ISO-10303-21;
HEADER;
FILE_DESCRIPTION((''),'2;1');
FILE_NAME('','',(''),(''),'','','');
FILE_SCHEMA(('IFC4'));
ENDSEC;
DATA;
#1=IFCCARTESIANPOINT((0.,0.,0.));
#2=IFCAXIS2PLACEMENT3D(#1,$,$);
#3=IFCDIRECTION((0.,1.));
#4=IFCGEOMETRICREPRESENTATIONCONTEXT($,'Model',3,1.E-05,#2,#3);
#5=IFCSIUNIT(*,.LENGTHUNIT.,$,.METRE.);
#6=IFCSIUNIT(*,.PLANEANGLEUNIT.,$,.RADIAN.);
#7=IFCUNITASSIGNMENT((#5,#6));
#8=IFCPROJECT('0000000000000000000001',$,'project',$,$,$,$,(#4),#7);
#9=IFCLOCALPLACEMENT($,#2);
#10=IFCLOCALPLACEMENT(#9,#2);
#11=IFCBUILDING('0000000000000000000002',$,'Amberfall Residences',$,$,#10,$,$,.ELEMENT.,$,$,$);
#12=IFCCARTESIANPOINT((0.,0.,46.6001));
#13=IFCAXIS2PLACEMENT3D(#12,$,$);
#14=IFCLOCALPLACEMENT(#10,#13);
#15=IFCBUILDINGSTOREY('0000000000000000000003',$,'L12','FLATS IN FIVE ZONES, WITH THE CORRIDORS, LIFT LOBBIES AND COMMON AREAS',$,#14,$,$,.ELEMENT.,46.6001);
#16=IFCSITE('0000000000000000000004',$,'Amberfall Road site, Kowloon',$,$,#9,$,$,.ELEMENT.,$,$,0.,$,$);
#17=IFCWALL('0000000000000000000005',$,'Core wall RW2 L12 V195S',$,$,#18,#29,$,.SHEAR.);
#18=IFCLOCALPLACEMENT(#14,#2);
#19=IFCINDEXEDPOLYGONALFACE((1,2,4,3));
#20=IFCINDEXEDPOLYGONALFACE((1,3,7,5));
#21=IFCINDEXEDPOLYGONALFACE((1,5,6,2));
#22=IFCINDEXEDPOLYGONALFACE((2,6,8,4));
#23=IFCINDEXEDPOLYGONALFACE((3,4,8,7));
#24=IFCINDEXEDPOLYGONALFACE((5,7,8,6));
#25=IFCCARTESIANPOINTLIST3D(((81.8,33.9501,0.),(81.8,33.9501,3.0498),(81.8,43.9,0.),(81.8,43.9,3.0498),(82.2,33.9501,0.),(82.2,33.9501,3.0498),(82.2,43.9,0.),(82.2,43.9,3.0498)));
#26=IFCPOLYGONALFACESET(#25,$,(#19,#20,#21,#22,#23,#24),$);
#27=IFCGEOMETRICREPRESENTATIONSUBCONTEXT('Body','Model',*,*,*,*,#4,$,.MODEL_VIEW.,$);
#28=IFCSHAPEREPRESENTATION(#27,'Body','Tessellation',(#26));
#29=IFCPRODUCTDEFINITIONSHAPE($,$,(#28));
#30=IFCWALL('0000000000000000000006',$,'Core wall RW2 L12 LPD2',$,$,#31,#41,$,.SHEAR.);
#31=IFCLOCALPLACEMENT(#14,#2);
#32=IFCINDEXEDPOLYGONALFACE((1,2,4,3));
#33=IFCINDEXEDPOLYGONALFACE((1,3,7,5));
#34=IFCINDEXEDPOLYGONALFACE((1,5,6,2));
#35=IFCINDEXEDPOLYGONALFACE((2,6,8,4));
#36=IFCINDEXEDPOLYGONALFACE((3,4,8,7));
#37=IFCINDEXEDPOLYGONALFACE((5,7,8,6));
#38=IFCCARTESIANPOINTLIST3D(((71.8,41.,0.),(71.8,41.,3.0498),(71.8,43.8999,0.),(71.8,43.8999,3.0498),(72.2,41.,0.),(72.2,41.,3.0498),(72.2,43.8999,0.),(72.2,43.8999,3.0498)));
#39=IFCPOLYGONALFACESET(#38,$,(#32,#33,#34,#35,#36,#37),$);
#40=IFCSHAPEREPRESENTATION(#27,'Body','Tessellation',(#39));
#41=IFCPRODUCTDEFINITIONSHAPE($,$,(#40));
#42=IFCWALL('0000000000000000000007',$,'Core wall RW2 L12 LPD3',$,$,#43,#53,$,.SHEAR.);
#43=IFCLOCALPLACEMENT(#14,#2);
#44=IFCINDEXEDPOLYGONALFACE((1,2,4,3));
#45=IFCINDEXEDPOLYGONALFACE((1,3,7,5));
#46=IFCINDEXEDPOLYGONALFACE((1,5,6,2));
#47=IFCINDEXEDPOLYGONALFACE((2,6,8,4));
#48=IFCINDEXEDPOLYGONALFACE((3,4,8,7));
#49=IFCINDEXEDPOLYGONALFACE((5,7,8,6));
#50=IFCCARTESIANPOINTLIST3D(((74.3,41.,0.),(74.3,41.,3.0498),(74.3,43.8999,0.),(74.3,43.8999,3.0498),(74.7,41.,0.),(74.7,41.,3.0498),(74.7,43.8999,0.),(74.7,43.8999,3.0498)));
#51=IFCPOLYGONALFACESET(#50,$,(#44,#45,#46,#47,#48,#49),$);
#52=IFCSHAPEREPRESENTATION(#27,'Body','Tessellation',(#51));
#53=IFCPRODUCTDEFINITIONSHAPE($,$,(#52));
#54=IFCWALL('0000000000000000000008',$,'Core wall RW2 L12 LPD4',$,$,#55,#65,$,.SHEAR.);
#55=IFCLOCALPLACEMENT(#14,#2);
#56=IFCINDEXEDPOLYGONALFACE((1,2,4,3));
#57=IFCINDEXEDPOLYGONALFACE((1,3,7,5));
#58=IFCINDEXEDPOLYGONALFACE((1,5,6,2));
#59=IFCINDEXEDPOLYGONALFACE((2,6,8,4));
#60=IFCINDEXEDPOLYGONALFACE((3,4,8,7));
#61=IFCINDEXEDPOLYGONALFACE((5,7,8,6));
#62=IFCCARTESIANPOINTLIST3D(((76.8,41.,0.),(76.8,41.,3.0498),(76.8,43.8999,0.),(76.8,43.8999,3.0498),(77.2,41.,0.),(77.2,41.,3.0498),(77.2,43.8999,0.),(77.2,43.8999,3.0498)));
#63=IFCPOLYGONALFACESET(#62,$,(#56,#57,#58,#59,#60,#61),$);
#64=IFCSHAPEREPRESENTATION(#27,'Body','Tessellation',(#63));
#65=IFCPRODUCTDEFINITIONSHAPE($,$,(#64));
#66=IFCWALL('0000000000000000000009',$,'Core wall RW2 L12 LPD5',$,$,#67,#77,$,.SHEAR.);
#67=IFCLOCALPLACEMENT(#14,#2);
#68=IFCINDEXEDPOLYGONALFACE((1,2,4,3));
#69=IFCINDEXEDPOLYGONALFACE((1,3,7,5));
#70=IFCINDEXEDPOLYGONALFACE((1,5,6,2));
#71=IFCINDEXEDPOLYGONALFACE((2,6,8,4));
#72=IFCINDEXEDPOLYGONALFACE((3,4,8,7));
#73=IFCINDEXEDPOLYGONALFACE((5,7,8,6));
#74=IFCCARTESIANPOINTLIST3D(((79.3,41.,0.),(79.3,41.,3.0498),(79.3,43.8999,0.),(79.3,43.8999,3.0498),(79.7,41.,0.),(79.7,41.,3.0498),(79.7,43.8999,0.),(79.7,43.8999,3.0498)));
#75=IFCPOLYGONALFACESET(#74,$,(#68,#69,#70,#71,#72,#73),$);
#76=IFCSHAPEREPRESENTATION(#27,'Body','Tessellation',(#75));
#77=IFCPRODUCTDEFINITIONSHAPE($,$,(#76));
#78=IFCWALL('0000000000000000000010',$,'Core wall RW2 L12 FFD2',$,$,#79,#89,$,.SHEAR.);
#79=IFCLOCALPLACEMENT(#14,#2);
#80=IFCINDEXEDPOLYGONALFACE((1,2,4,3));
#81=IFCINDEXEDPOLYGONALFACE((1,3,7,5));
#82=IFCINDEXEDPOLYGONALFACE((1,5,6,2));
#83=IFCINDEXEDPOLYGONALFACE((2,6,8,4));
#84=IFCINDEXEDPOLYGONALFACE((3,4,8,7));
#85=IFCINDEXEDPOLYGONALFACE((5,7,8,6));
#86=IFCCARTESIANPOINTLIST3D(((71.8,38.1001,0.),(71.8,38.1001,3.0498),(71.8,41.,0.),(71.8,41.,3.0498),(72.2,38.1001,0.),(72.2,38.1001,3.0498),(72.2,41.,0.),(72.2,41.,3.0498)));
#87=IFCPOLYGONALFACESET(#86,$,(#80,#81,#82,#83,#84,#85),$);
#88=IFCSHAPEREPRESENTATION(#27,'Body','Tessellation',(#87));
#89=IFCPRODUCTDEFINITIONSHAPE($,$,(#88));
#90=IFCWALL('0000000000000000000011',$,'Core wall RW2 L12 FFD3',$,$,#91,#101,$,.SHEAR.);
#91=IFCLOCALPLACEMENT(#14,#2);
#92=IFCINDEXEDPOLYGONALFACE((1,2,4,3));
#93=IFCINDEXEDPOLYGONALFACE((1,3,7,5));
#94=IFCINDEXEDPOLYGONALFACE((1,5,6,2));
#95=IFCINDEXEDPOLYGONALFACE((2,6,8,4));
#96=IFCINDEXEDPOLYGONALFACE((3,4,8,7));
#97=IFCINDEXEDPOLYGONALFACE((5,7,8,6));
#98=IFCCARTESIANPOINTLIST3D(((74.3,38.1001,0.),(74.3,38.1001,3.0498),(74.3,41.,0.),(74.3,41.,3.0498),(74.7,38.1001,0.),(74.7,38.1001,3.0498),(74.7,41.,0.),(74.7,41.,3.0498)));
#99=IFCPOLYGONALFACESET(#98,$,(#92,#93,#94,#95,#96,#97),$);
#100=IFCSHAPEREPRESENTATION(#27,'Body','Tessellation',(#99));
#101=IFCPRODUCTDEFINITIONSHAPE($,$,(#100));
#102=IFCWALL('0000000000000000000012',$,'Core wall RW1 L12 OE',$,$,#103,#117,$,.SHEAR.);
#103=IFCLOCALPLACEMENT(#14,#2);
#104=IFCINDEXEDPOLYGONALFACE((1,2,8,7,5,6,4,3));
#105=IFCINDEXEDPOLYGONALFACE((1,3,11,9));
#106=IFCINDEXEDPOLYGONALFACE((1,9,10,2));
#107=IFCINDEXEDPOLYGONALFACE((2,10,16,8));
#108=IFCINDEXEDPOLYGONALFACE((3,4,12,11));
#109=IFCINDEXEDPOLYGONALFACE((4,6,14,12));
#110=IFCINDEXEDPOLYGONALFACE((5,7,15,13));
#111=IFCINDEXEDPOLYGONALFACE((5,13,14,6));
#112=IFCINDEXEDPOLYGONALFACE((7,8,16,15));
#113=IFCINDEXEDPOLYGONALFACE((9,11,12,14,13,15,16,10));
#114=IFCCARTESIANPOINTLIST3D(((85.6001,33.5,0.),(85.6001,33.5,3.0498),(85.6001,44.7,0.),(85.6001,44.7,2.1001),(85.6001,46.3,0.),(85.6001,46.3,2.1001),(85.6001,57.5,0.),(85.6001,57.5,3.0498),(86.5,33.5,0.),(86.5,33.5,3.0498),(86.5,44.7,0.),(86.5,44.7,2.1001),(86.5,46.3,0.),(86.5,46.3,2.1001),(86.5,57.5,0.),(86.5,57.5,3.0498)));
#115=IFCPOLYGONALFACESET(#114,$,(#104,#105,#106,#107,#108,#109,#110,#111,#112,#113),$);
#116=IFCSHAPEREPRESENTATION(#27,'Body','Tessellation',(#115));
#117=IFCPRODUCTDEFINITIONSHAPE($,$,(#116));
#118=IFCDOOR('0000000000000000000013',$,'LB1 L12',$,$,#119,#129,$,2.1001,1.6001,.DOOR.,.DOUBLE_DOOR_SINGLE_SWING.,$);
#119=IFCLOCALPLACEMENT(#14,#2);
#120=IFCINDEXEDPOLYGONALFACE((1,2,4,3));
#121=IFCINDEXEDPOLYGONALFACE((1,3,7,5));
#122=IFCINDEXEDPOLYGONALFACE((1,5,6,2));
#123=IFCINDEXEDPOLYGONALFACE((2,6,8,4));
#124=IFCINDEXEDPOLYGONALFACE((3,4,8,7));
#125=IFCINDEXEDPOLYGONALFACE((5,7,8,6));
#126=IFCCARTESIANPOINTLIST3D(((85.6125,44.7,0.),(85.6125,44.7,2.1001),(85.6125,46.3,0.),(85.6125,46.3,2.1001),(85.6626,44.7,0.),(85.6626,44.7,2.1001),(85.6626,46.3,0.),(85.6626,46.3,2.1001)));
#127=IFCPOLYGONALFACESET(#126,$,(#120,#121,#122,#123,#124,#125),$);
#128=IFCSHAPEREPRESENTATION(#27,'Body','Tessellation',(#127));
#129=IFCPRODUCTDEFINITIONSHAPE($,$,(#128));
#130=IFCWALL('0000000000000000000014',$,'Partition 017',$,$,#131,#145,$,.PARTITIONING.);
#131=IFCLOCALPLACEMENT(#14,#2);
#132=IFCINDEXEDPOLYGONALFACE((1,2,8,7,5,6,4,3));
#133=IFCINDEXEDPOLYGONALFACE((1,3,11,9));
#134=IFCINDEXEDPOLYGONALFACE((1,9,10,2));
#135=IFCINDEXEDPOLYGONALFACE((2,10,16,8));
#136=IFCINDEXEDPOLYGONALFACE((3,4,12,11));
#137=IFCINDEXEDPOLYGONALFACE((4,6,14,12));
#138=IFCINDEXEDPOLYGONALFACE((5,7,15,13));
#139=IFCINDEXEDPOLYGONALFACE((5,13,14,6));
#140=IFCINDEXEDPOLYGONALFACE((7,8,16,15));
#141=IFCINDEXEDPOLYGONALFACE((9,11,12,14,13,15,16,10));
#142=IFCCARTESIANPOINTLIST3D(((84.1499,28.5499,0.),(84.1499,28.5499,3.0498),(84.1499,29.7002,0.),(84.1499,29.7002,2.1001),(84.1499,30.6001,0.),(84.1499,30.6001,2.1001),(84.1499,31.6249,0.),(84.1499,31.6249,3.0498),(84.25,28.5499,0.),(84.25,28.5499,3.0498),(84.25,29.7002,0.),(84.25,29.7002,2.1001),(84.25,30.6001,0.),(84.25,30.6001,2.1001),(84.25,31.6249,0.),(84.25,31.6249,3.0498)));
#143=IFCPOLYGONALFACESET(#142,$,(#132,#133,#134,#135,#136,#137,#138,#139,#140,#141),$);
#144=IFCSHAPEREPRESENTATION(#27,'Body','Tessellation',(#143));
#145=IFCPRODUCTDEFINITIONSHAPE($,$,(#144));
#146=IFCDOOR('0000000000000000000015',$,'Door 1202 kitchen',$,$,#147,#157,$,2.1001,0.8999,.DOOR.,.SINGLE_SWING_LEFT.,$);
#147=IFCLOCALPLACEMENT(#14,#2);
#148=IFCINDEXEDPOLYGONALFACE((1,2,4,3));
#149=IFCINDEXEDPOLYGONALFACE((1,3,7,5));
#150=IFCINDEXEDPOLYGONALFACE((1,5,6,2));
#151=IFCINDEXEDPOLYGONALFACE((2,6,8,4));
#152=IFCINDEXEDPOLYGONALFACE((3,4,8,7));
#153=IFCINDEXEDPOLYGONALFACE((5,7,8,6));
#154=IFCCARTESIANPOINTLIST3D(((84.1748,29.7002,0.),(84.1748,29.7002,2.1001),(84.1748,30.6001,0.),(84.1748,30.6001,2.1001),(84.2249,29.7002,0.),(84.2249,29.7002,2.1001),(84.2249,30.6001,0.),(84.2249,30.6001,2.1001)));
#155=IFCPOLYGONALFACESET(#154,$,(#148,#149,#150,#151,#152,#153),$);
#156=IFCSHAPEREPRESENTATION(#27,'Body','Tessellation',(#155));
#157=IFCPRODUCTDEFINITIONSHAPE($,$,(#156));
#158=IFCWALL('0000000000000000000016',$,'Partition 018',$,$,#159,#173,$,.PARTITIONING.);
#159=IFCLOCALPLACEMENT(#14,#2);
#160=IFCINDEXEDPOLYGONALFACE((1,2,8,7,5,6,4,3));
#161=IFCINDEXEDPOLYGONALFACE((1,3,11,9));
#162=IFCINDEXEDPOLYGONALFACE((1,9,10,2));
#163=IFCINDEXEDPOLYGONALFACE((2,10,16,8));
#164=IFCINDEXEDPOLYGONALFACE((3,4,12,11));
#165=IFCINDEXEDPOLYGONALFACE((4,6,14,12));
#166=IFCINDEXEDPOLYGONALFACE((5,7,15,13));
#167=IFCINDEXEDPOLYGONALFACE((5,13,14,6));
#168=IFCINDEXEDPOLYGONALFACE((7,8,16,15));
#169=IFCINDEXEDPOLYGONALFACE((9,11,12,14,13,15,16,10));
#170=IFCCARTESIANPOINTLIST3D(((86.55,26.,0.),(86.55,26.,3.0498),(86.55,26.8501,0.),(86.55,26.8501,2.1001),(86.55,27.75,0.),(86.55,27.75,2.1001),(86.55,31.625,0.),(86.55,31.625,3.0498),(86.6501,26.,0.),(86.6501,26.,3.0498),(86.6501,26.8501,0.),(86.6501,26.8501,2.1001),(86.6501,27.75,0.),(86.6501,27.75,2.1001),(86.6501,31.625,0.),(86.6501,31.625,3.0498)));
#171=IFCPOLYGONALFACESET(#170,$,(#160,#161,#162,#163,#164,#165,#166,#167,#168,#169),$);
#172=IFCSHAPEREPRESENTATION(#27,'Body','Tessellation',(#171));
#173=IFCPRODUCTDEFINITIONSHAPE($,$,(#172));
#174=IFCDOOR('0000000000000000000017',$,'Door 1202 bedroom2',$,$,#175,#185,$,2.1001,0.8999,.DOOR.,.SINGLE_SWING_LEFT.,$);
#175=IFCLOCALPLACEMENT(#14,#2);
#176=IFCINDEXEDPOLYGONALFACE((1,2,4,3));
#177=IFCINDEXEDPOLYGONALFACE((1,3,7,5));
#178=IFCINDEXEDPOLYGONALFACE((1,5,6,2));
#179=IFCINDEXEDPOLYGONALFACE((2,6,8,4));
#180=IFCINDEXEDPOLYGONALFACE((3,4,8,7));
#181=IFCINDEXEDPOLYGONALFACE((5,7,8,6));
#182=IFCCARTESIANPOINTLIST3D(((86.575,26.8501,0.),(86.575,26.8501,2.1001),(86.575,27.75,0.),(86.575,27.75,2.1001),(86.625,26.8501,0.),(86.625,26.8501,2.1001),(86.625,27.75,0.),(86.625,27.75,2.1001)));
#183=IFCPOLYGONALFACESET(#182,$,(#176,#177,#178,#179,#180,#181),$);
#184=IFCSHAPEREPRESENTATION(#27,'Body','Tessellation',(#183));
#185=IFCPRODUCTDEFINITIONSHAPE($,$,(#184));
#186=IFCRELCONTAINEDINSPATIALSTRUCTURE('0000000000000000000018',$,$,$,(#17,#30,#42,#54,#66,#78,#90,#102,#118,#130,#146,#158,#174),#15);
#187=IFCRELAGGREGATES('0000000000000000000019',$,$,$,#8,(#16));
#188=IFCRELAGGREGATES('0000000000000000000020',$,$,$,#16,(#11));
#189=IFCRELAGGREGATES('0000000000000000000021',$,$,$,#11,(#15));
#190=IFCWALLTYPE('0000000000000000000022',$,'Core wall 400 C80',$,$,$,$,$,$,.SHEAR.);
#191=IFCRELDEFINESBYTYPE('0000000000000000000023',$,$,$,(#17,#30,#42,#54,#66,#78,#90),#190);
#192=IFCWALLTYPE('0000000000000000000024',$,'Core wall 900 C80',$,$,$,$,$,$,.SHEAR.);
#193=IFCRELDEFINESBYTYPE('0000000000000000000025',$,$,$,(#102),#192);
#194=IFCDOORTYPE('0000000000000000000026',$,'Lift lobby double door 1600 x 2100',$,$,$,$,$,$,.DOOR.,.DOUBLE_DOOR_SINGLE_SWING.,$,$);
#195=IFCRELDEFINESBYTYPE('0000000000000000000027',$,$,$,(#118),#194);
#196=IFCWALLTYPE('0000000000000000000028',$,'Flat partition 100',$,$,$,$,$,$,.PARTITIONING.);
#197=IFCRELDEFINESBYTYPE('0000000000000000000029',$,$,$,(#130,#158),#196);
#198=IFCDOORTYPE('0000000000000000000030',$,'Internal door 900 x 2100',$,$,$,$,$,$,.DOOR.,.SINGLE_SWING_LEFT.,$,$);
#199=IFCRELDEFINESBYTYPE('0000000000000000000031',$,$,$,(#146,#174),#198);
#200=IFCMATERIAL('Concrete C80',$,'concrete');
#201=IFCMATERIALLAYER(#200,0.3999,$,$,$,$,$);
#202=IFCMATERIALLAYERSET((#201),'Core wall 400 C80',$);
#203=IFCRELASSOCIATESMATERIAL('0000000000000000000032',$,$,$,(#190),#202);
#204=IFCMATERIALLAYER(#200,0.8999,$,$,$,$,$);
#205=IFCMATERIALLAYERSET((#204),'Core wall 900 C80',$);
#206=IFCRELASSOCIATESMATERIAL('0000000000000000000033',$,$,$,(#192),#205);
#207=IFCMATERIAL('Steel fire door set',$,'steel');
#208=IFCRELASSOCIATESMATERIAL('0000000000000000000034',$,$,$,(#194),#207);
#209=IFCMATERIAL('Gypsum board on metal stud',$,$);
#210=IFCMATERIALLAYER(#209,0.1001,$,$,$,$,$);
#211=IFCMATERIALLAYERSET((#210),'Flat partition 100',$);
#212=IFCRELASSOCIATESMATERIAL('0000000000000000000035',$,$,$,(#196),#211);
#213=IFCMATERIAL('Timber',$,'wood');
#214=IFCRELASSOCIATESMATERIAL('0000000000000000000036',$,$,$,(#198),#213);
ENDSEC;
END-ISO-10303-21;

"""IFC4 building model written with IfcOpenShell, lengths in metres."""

from ifc_helpers import new_model, si_unit, direction, frame, frame_2d, origin, place, context, subcontext, project, spatial, rectangle, extrude, material, layer, layer_set, type_object, element, fill, save


model = new_model("IFC4")

# Units and contexts
model_context = context("Model", 3, precision=1e-05, world=origin(), true_north=direction((0.0, 1.0)))
body_context = subcontext(model_context, "Body", "Model", "MODEL_VIEW")
ifc_project = project(units=[si_unit("LENGTHUNIT", "METRE"), si_unit("PLANEANGLEUNIT", "RADIAN")], contexts=[model_context])

# Site, building, storey
site_placement = place(None, origin())
site = spatial("IfcSite", under=ifc_project, at=site_placement, Name="Amberfall Road site, Kowloon", CompositionType="ELEMENT", RefElevation=0.0)
building_placement = place(site_placement, origin())
building = spatial("IfcBuilding", under=site, at=building_placement, Name="Amberfall Residences", CompositionType="ELEMENT")
storey_placement = place(building_placement, frame((0.0, 0.0, 46.6001)))
storey = spatial("IfcBuildingStorey", under=building, at=storey_placement, Name="L12", Description="FLATS IN FIVE ZONES, WITH THE CORRIDORS, LIFT LOBBIES AND COMMON AREAS", CompositionType="ELEMENT", Elevation=46.6001)

# Walls
ifc_material_1 = material(Name="Concrete C80", Category="concrete")
ifc_layer_1 = layer(ifc_material_1, 0.3999)
ifc_layer_set_1 = layer_set([ifc_layer_1], Name="Core wall 400 C80")
wall_type_1 = type_object("IfcWallType", Name="Core wall 400 C80", PredefinedType="SHEAR", material=ifc_layer_set_1)
wall_1_placement = place(storey_placement, frame((82.0, 33.95, 0.0), z_axis=(0.0, 0.0, 1.0), x_axis=(0.0, 1.0, 0.0)))
element("IfcWall", 1, at=wall_1_placement, inside=storey, type_object=wall_type_1, Name="Core wall RW2 L12 V195S", PredefinedType="SHEAR", context=body_context, shape_type="SweptSolid", body=[
    extrude(rectangle(XDim=9.95, YDim=0.3999, at=frame_2d((4.9751, 0.0))), origin(), (0.0, 0.0, 1.0), 3.0498),
])
for number, where, z_axis, x_axis, name in (
    (2, (72.0, 41.0, 0.0), (0.0, 0.0, 1.0), (0.0, 1.0, 0.0), "Core wall RW2 L12 LPD2"),
    (3, (74.5, 41.0, 0.0), (0.0, 0.0, 1.0), (0.0, 1.0, 0.0), "Core wall RW2 L12 LPD3"),
    (4, (77.0, 41.0, 0.0), (0.0, 0.0, 1.0), (0.0, 1.0, 0.0), "Core wall RW2 L12 LPD4"),
    (5, (79.5, 41.0, 0.0), (0.0, 0.0, 1.0), (0.0, 1.0, 0.0), "Core wall RW2 L12 LPD5"),
    (6, (72.0, 38.1001, 0.0), (0.0, 0.0, 1.0), (0.0, 1.0, 0.0), "Core wall RW2 L12 FFD2"),
    (7, (74.5, 38.1001, 0.0), (0.0, 0.0, 1.0), (0.0, 1.0, 0.0), "Core wall RW2 L12 FFD3"),
):
    element("IfcWall", number, at=place(storey_placement, frame(where, z_axis=z_axis, x_axis=x_axis)), inside=storey, type_object=wall_type_1, Name=name, PredefinedType="SHEAR", context=body_context, shape_type="SweptSolid", body=[
        extrude(rectangle(XDim=2.8999, YDim=0.3999, at=frame_2d((1.45, 0.0))), origin(), (0.0, 0.0, 1.0), 3.0498),
    ])

# Walls, openings, doors
ifc_layer_2 = layer(ifc_material_1, 0.8999)
ifc_layer_set_2 = layer_set([ifc_layer_2], Name="Core wall 900 C80")
wall_type_2 = type_object("IfcWallType", Name="Core wall 900 C80", PredefinedType="SHEAR", material=ifc_layer_set_2)
wall_2_placement = place(storey_placement, frame((86.05, 33.5, 0.0), z_axis=(0.0, 0.0, 1.0), x_axis=(0.0, 1.0, 0.0)))
wall_2 = element("IfcWall", 8, at=wall_2_placement, inside=storey, type_object=wall_type_2, Name="Core wall RW1 L12 OE", PredefinedType="SHEAR", context=body_context, shape_type="SweptSolid", body=[
    extrude(rectangle(XDim=24.0, YDim=0.8999, at=frame_2d((12.0, 0.0))), origin(), (0.0, 0.0, 1.0), 3.0498),
])
opening_1_placement = place(wall_2_placement, frame((11.2, 0.0, 0.0)))
opening_1 = element("IfcOpeningElement", 9, at=opening_1_placement, cuts=wall_2, PredefinedType="OPENING", context=body_context, shape_type="SweptSolid", body=[
    extrude(rectangle(XDim=1.6001, YDim=2.1001, at=frame_2d((0.8, 1.05))), frame((0.0, 0.46, 0.0), z_axis=(0.0, -1.0, 0.0), x_axis=(1.0, 0.0, 0.0)), (0.0, 0.0, 1.0), 0.9199),
])
ifc_material_2 = material(Name="Steel fire door set", Category="steel")
door_type_1 = type_object("IfcDoorType", Name="Lift lobby double door 1600 x 2100", OperationType="DOUBLE_DOOR_SINGLE_SWING", PredefinedType="DOOR", material=ifc_material_2)
door_1_placement = place(opening_1_placement, origin())
door_1 = element("IfcDoor", 10, at=door_1_placement, inside=storey, type_object=door_type_1, Name="LB1 L12", OperationType="DOUBLE_DOOR_SINGLE_SWING", OverallHeight=2.1001, OverallWidth=1.6001, PredefinedType="DOOR", context=body_context, shape_type="SweptSolid", body=[
    extrude(rectangle(XDim=1.6001, YDim=2.1001, at=frame_2d((0.8, 1.05))), frame((0.0, 0.4375, 0.0), z_axis=(0.0, -1.0, 0.0), x_axis=(1.0, 0.0, 0.0)), (0.0, 0.0, 1.0), 0.05),
])
fill(opening_1, door_1)
ifc_material_3 = material(Name="Gypsum board on metal stud")
ifc_layer_3 = layer(ifc_material_3, 0.1001)
ifc_layer_set_3 = layer_set([ifc_layer_3], Name="Flat partition 100")
wall_type_3 = type_object("IfcWallType", Name="Flat partition 100", PredefinedType="PARTITIONING", material=ifc_layer_set_3)
wall_3_placement = place(storey_placement, frame((84.2, 31.625, 0.0), z_axis=(0.0, 0.0, 1.0), x_axis=(0.0, -1.0, 0.0)))
wall_3 = element("IfcWall", 11, at=wall_3_placement, inside=storey, type_object=wall_type_3, Name="Partition 017", PredefinedType="PARTITIONING", context=body_context, shape_type="SweptSolid", body=[
    extrude(rectangle(XDim=3.075, YDim=0.1001, at=frame_2d((1.5376, 0.0))), origin(), (0.0, 0.0, 1.0), 3.0498),
])
opening_2_placement = place(wall_3_placement, frame((1.0249, 0.0, 0.0)))
opening_2 = element("IfcOpeningElement", 12, at=opening_2_placement, cuts=wall_3, PredefinedType="OPENING", context=body_context, shape_type="SweptSolid", body=[
    extrude(rectangle(XDim=0.8999, YDim=2.1001, at=frame_2d((0.45, 1.05))), frame((0.0, 0.0601, 0.0), z_axis=(0.0, -1.0, 0.0), x_axis=(1.0, 0.0, 0.0)), (0.0, 0.0, 1.0), 0.1201),
])
ifc_material_4 = material(Name="Timber", Category="wood")
door_type_2 = type_object("IfcDoorType", Name="Internal door 900 x 2100", OperationType="SINGLE_SWING_LEFT", PredefinedType="DOOR", material=ifc_material_4)
door_2_placement = place(opening_2_placement, origin())
door_2 = element("IfcDoor", 13, at=door_2_placement, inside=storey, type_object=door_type_2, Name="Door 1202 kitchen", OperationType="SINGLE_SWING_LEFT", OverallHeight=2.1001, OverallWidth=0.8999, PredefinedType="DOOR", context=body_context, shape_type="SweptSolid", body=[
    extrude(rectangle(XDim=0.8999, YDim=2.1001, at=frame_2d((0.45, 1.05))), frame((0.0, 0.0249, 0.0), z_axis=(0.0, -1.0, 0.0), x_axis=(1.0, 0.0, 0.0)), (0.0, 0.0, 1.0), 0.05),
])
fill(opening_2, door_2)
wall_4_placement = place(storey_placement, frame((86.6001, 31.625, 0.0), z_axis=(0.0, 0.0, 1.0), x_axis=(0.0, -1.0, 0.0)))
wall_4 = element("IfcWall", 14, at=wall_4_placement, inside=storey, type_object=wall_type_3, Name="Partition 018", PredefinedType="PARTITIONING", context=body_context, shape_type="SweptSolid", body=[
    extrude(rectangle(XDim=5.625, YDim=0.1001, at=frame_2d((2.8125, 0.0))), origin(), (0.0, 0.0, 1.0), 3.0498),
])
opening_3_placement = place(wall_4_placement, frame((3.875, 0.0, 0.0)))
opening_3 = element("IfcOpeningElement", 15, at=opening_3_placement, cuts=wall_4, PredefinedType="OPENING", context=body_context, shape_type="SweptSolid", body=[
    extrude(rectangle(XDim=0.8999, YDim=2.1001, at=frame_2d((0.45, 1.05))), frame((0.0, 0.0601, 0.0), z_axis=(0.0, -1.0, 0.0), x_axis=(1.0, 0.0, 0.0)), (0.0, 0.0, 1.0), 0.1201),
])
door_3_placement = place(opening_3_placement, origin())
door_3 = element("IfcDoor", 16, at=door_3_placement, inside=storey, type_object=door_type_2, Name="Door 1202 bedroom2", OperationType="SINGLE_SWING_LEFT", OverallHeight=2.1001, OverallWidth=0.8999, PredefinedType="DOOR", context=body_context, shape_type="SweptSolid", body=[
    extrude(rectangle(XDim=0.8999, YDim=2.1001, at=frame_2d((0.45, 1.05))), frame((0.0, 0.0249, 0.0), z_axis=(0.0, -1.0, 0.0), x_axis=(1.0, 0.0, 0.0)), (0.0, 0.0, 1.0), 0.05),
])
fill(opening_3, door_3)

save(model, "model.ifc")
